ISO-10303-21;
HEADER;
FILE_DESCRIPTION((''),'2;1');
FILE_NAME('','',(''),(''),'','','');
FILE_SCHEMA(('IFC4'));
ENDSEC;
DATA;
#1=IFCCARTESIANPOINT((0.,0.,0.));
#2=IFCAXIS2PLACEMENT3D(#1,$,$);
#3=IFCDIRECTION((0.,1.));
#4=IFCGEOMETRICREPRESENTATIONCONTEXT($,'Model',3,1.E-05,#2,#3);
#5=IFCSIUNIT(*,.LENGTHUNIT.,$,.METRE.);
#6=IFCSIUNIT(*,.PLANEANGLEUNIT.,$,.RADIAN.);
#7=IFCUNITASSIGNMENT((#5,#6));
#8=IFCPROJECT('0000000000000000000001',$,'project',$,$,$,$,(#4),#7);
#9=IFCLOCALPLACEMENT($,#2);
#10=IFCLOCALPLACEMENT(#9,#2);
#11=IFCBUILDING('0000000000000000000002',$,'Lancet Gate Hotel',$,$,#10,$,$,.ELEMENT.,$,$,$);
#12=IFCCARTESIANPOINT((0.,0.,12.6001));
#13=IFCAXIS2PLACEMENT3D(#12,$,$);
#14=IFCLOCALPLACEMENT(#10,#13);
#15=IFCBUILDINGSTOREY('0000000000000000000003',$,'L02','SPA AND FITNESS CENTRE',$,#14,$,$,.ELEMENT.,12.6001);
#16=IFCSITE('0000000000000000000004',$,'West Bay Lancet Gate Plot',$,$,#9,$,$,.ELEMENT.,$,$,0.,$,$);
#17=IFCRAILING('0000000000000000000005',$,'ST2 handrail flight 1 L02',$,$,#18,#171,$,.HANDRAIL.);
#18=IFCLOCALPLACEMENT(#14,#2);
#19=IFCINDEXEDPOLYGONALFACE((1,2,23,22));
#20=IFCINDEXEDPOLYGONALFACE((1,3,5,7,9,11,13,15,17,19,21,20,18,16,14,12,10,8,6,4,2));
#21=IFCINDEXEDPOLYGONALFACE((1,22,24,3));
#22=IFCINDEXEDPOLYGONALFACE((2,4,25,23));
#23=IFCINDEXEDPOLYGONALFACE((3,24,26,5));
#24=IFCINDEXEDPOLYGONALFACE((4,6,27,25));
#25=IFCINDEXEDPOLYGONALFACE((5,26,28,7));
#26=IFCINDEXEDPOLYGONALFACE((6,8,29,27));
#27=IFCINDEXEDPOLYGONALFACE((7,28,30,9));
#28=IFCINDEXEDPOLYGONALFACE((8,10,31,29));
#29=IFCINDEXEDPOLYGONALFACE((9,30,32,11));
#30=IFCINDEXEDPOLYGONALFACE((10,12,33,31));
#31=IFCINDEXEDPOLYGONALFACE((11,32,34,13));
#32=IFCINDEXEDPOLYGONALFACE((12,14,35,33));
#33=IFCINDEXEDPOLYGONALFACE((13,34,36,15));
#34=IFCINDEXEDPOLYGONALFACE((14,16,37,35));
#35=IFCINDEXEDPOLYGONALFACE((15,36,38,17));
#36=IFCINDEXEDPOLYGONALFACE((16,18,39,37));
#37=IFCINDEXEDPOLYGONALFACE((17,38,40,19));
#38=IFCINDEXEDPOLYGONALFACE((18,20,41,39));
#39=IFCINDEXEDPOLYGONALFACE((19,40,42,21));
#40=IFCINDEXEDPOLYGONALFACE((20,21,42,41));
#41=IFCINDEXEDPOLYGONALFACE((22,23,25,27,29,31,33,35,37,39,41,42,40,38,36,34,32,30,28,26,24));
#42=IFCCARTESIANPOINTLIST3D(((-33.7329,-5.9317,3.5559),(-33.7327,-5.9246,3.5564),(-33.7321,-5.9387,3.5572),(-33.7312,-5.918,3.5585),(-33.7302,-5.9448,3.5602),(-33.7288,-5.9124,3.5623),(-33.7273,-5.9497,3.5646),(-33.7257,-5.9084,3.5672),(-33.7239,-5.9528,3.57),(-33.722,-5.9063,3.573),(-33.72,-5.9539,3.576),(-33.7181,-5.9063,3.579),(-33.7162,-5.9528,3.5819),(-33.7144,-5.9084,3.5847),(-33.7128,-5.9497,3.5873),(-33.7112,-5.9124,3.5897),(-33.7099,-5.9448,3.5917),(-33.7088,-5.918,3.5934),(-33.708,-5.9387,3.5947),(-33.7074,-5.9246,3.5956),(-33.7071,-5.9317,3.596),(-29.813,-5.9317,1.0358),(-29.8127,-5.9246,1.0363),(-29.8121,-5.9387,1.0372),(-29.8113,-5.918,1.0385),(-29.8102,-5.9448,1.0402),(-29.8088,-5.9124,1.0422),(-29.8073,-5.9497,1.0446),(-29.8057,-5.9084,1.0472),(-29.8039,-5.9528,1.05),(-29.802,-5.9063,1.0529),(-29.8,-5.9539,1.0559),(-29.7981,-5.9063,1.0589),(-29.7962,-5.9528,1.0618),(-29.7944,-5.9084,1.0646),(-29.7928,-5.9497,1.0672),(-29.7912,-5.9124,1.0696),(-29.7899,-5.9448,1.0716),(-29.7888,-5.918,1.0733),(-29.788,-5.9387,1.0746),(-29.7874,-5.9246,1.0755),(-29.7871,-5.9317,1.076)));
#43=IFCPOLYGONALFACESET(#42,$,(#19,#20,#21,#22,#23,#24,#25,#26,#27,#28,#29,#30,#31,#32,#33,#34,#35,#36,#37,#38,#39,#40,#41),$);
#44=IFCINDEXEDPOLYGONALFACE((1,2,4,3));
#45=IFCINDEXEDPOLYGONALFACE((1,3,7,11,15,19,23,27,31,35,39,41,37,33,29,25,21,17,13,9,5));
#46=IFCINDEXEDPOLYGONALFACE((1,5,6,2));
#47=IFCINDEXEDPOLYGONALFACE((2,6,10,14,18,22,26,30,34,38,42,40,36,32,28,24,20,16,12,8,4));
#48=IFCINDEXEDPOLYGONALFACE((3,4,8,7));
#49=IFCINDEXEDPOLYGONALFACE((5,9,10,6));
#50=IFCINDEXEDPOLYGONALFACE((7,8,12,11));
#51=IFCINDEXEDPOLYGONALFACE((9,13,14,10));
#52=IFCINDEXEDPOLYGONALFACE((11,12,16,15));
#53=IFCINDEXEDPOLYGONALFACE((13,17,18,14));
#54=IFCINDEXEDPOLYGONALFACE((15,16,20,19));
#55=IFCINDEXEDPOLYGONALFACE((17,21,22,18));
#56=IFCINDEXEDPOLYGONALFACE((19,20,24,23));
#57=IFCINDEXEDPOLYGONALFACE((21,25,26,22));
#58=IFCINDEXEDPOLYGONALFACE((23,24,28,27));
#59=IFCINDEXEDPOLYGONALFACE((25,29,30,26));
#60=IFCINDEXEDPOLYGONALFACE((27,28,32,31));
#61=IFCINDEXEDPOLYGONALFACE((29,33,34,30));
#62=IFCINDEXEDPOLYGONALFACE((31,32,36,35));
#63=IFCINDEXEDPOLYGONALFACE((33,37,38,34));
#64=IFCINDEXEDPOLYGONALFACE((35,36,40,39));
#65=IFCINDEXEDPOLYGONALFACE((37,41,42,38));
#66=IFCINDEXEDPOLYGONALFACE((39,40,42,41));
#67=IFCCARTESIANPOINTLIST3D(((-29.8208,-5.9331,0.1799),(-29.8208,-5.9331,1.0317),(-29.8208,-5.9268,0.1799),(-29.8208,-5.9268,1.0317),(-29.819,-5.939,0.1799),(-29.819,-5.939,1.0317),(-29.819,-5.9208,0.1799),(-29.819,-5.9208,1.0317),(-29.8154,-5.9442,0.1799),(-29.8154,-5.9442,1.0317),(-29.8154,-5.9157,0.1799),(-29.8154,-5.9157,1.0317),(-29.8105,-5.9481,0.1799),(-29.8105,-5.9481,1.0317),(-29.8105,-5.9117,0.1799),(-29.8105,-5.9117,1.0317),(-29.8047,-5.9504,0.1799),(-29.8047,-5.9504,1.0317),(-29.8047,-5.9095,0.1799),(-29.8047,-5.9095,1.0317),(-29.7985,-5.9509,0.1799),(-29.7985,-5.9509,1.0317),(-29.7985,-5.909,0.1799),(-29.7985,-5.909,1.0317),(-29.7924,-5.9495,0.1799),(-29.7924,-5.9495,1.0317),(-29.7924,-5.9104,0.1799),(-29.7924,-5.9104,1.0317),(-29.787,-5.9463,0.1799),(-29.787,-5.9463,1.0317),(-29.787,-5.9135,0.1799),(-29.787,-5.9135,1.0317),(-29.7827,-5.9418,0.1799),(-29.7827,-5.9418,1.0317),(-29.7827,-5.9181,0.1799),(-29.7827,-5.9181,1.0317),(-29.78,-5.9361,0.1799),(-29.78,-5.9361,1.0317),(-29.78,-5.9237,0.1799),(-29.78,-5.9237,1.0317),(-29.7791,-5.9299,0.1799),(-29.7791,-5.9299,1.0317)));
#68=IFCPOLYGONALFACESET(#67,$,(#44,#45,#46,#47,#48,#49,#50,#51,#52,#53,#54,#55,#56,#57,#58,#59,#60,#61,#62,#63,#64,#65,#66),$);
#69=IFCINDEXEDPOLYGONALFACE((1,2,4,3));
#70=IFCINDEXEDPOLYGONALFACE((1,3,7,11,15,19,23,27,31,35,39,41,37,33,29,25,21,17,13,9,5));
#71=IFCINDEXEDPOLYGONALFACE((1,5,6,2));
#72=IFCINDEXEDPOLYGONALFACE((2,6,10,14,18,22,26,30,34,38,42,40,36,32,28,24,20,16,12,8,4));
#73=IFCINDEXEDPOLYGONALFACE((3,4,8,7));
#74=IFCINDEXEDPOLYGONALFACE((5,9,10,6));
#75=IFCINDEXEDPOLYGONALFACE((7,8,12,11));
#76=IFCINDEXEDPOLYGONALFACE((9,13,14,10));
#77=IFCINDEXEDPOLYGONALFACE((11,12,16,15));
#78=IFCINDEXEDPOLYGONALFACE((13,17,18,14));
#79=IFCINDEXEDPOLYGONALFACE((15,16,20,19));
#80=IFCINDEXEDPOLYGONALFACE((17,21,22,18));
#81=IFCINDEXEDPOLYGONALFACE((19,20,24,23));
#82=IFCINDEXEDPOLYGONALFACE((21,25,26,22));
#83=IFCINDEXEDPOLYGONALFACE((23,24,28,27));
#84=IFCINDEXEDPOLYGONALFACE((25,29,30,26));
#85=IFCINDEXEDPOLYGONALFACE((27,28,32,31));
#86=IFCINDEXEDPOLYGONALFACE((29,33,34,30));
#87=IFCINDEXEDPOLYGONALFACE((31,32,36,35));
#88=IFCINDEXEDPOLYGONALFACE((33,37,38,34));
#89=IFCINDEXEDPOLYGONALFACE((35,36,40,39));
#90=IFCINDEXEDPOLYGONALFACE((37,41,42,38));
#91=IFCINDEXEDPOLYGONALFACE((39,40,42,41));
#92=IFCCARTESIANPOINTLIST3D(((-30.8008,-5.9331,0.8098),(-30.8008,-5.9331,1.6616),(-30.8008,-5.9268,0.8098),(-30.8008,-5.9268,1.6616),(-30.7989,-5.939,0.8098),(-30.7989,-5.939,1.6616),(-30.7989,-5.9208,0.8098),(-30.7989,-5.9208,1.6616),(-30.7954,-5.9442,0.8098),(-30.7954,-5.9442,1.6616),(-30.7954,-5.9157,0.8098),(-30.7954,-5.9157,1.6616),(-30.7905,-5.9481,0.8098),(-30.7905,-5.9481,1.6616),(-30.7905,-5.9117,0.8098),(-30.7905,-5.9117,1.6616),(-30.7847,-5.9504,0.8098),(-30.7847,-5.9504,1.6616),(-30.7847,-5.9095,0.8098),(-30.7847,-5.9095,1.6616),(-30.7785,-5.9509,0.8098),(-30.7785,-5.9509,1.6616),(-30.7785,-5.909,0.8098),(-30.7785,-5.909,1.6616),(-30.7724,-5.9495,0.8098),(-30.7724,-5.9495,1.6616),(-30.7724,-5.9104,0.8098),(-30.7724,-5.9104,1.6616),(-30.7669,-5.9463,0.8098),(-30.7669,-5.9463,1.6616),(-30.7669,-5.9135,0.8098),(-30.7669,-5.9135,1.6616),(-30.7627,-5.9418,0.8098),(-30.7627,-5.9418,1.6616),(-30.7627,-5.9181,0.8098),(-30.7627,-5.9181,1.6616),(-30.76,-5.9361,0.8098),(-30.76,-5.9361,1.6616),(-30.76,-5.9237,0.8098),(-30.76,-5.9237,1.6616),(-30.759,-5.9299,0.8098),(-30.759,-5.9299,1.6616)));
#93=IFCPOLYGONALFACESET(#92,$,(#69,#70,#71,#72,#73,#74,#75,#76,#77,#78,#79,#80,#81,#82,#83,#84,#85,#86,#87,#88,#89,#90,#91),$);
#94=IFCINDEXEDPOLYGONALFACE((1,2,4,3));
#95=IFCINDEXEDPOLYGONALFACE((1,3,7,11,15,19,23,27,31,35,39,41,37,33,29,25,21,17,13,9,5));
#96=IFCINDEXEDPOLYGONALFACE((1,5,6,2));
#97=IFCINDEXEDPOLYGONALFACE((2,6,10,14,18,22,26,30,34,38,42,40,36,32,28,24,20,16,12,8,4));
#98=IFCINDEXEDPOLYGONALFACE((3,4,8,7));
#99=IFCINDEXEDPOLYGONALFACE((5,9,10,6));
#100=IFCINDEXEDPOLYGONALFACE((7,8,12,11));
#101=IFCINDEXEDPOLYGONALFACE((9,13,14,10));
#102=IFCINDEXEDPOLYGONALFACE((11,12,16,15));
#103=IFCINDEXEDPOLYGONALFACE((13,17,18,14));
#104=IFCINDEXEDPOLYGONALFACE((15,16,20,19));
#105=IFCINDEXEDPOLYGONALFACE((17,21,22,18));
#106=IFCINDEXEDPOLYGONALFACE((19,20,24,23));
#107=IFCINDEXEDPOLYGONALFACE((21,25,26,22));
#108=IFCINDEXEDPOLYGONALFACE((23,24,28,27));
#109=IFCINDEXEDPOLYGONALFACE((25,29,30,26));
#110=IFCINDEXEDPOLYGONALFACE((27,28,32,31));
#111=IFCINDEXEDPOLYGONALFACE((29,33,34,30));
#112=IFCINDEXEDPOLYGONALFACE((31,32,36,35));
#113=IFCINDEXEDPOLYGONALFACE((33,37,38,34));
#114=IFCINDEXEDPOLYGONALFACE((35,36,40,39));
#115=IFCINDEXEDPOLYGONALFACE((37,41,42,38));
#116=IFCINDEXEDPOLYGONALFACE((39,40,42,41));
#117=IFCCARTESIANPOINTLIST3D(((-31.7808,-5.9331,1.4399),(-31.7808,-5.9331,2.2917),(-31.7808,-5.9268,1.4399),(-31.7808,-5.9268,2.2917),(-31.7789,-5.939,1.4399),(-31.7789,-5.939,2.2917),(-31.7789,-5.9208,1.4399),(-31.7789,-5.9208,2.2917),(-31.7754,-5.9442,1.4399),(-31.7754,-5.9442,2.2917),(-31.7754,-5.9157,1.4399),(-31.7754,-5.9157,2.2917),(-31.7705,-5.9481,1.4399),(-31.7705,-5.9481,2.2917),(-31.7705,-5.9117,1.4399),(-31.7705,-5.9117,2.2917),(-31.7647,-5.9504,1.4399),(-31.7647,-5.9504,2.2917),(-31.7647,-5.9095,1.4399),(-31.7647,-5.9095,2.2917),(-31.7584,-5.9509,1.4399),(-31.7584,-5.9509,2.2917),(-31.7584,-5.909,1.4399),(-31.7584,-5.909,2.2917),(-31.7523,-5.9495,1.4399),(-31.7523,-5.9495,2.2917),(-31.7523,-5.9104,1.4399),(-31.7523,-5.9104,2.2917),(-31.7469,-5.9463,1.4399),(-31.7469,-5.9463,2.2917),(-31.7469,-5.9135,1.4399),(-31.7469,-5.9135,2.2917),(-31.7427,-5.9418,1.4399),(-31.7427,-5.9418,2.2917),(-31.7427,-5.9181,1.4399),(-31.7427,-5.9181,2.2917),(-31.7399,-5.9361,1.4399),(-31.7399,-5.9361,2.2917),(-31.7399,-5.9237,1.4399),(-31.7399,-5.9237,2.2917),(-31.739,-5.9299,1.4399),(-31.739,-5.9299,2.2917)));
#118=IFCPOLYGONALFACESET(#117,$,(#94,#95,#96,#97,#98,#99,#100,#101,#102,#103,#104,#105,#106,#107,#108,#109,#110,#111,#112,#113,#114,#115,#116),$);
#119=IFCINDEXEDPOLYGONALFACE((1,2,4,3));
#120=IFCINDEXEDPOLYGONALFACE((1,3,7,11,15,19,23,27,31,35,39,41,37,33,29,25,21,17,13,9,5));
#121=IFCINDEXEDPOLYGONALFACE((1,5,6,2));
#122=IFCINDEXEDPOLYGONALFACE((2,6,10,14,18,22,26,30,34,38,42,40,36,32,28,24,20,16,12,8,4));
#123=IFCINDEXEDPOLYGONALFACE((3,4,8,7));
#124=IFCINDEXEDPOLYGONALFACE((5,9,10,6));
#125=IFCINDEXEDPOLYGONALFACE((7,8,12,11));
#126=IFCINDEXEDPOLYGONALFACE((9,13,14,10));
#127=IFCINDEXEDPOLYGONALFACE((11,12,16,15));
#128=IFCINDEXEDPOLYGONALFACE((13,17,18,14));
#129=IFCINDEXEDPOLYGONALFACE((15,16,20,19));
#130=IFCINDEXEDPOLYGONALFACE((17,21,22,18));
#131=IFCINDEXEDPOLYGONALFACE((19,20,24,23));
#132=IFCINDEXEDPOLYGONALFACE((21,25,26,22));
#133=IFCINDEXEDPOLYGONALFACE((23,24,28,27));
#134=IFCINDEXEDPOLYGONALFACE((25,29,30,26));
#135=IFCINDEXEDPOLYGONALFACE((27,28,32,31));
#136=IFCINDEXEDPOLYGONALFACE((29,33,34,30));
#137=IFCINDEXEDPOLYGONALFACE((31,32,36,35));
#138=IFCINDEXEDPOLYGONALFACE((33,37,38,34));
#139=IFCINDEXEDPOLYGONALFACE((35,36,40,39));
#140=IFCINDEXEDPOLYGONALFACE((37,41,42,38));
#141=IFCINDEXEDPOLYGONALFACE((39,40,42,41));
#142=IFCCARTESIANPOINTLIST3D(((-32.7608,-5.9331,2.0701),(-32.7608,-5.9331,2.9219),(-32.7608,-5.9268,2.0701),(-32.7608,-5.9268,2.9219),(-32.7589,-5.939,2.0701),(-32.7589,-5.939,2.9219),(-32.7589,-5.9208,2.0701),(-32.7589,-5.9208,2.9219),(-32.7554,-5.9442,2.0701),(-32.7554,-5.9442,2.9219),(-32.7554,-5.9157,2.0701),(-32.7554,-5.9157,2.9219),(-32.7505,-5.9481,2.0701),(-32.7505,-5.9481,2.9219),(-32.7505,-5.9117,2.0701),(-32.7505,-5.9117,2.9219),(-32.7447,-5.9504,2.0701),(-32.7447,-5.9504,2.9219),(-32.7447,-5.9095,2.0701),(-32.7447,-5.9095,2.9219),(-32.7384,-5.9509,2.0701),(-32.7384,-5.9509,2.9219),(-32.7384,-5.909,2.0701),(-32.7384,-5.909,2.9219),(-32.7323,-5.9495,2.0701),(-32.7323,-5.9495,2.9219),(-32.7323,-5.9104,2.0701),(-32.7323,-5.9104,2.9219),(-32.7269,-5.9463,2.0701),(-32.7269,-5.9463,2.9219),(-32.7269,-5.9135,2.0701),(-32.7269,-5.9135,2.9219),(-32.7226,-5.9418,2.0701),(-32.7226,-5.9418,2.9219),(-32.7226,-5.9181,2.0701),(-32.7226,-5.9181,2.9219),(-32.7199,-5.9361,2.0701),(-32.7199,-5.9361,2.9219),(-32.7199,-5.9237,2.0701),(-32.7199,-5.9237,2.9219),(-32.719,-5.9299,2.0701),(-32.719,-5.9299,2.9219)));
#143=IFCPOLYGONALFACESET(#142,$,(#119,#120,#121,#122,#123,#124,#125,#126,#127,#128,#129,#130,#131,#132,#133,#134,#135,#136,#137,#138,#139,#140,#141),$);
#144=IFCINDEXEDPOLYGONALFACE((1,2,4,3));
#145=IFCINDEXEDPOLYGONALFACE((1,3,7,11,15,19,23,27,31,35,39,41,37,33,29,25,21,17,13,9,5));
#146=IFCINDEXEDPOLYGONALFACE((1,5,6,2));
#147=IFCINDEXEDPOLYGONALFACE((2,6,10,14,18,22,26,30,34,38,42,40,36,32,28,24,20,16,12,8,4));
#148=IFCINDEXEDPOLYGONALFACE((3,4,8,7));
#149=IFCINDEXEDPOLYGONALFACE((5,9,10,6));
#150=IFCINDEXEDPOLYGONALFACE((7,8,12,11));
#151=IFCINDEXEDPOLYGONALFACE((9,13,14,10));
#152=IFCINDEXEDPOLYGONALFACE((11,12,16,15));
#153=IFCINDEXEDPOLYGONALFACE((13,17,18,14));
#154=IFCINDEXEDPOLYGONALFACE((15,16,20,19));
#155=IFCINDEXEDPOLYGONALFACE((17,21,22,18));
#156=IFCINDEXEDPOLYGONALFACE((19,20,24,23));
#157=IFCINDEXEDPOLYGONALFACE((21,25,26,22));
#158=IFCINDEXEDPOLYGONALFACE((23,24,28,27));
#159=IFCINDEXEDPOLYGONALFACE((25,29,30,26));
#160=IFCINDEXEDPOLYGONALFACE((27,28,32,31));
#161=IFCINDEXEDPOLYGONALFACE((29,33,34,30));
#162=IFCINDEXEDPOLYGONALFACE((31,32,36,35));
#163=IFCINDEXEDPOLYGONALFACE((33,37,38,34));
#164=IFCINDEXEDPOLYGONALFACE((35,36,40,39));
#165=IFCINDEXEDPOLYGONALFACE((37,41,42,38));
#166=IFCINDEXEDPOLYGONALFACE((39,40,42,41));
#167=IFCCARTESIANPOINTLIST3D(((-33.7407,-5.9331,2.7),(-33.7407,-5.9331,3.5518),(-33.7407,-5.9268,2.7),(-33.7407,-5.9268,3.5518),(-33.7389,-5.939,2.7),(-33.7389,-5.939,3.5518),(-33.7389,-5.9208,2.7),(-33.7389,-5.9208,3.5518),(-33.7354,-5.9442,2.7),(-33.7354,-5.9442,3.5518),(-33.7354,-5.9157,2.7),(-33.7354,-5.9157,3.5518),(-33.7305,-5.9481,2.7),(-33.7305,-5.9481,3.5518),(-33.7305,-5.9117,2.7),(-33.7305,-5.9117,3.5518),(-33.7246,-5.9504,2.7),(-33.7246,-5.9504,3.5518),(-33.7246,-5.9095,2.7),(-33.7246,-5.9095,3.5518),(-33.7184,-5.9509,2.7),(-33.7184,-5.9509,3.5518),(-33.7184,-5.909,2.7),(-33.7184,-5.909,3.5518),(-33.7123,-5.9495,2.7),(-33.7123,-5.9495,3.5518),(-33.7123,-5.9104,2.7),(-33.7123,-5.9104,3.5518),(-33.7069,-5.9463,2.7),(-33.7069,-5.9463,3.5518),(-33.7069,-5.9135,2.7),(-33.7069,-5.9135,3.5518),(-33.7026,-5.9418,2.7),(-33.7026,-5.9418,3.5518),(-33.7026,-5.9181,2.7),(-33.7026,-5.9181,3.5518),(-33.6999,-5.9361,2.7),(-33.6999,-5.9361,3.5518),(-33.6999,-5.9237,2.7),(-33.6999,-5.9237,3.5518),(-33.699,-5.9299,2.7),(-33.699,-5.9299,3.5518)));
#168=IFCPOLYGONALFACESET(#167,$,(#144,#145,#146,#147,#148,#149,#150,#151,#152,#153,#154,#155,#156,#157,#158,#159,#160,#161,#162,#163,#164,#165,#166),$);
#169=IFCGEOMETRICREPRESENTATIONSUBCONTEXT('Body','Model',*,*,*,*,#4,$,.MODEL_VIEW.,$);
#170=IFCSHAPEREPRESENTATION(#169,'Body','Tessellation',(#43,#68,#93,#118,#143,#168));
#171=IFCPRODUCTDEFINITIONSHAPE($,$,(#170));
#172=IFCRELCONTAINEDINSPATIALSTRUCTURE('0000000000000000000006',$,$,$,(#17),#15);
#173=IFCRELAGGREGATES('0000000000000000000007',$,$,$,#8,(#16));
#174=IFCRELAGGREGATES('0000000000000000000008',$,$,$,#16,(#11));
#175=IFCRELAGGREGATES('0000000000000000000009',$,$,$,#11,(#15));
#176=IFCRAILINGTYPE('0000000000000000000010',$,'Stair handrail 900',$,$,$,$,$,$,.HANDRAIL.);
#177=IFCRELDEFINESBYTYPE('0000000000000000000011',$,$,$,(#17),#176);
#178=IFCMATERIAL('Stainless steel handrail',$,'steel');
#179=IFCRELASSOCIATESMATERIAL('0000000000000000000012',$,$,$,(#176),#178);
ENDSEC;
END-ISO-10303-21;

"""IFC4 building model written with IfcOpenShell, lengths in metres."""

from ifc_helpers import new_model, si_unit, direction, frame, origin, origin_2d, place, context, subcontext, project, spatial, circle, extrude, material, type_object, element, save


model = new_model("IFC4")

# Units and contexts
model_context = context("Model", 3, precision=1e-05, world=origin(), true_north=direction((0.0, 1.0)))
body_context = subcontext(model_context, "Body", "Model", "MODEL_VIEW")
ifc_project = project(units=[si_unit("LENGTHUNIT", "METRE"), si_unit("PLANEANGLEUNIT", "RADIAN")], contexts=[model_context])

# Site, building, storey
site_placement = place(None, origin())
site = spatial("IfcSite", under=ifc_project, at=site_placement, Name="West Bay Lancet Gate Plot", CompositionType="ELEMENT", RefElevation=0.0)
building_placement = place(site_placement, origin())
building = spatial("IfcBuilding", under=site, at=building_placement, Name="Lancet Gate Hotel", CompositionType="ELEMENT")
storey_placement = place(building_placement, frame((0.0, 0.0, 12.6001)))
storey = spatial("IfcBuildingStorey", under=building, at=storey_placement, Name="L02", Description="SPA AND FITNESS CENTRE", CompositionType="ELEMENT", Elevation=12.6001)

# Railing
ifc_material_1 = material(Name="Stainless steel handrail", Category="steel")
railing_type = type_object("IfcRailingType", Name="Stair handrail 900", PredefinedType="HANDRAIL", material=ifc_material_1)
railing_1_placement = place(storey_placement, frame((-29.8, -5.9299, 0.1799)))
element("IfcRailing", 1, at=railing_1_placement, inside=storey, type_object=railing_type, Name="ST2 handrail flight 1 L02", PredefinedType="HANDRAIL", context=body_context, shape_type="SweptSolid", body=[
    extrude(circle(Radius=0.0239, at=origin_2d()), frame((0.0, 0.0, 0.876), z_axis=(-0.841172, 0.0, 0.540768), x_axis=(0.0, -1.0, 0.0)), (0.0, 0.0, 1.0), 4.6602),
    extrude(circle(Radius=0.021, at=origin_2d()), origin(), (0.0, 0.0, 1.0), 0.8518),
    extrude(circle(Radius=0.021, at=origin_2d()), frame((-0.98, 0.0, 0.6299)), (0.0, 0.0, 1.0), 0.8518),
    extrude(circle(Radius=0.021, at=origin_2d()), frame((-1.96, 0.0, 1.26)), (0.0, 0.0, 1.0), 0.8518),
    extrude(circle(Radius=0.021, at=origin_2d()), frame((-2.9399, 0.0, 1.8901)), (0.0, 0.0, 1.0), 0.8518),
    extrude(circle(Radius=0.021, at=origin_2d()), frame((-3.9199, 0.0, 2.52)), (0.0, 0.0, 1.0), 0.8518),
])

save(model, "model.ifc")
